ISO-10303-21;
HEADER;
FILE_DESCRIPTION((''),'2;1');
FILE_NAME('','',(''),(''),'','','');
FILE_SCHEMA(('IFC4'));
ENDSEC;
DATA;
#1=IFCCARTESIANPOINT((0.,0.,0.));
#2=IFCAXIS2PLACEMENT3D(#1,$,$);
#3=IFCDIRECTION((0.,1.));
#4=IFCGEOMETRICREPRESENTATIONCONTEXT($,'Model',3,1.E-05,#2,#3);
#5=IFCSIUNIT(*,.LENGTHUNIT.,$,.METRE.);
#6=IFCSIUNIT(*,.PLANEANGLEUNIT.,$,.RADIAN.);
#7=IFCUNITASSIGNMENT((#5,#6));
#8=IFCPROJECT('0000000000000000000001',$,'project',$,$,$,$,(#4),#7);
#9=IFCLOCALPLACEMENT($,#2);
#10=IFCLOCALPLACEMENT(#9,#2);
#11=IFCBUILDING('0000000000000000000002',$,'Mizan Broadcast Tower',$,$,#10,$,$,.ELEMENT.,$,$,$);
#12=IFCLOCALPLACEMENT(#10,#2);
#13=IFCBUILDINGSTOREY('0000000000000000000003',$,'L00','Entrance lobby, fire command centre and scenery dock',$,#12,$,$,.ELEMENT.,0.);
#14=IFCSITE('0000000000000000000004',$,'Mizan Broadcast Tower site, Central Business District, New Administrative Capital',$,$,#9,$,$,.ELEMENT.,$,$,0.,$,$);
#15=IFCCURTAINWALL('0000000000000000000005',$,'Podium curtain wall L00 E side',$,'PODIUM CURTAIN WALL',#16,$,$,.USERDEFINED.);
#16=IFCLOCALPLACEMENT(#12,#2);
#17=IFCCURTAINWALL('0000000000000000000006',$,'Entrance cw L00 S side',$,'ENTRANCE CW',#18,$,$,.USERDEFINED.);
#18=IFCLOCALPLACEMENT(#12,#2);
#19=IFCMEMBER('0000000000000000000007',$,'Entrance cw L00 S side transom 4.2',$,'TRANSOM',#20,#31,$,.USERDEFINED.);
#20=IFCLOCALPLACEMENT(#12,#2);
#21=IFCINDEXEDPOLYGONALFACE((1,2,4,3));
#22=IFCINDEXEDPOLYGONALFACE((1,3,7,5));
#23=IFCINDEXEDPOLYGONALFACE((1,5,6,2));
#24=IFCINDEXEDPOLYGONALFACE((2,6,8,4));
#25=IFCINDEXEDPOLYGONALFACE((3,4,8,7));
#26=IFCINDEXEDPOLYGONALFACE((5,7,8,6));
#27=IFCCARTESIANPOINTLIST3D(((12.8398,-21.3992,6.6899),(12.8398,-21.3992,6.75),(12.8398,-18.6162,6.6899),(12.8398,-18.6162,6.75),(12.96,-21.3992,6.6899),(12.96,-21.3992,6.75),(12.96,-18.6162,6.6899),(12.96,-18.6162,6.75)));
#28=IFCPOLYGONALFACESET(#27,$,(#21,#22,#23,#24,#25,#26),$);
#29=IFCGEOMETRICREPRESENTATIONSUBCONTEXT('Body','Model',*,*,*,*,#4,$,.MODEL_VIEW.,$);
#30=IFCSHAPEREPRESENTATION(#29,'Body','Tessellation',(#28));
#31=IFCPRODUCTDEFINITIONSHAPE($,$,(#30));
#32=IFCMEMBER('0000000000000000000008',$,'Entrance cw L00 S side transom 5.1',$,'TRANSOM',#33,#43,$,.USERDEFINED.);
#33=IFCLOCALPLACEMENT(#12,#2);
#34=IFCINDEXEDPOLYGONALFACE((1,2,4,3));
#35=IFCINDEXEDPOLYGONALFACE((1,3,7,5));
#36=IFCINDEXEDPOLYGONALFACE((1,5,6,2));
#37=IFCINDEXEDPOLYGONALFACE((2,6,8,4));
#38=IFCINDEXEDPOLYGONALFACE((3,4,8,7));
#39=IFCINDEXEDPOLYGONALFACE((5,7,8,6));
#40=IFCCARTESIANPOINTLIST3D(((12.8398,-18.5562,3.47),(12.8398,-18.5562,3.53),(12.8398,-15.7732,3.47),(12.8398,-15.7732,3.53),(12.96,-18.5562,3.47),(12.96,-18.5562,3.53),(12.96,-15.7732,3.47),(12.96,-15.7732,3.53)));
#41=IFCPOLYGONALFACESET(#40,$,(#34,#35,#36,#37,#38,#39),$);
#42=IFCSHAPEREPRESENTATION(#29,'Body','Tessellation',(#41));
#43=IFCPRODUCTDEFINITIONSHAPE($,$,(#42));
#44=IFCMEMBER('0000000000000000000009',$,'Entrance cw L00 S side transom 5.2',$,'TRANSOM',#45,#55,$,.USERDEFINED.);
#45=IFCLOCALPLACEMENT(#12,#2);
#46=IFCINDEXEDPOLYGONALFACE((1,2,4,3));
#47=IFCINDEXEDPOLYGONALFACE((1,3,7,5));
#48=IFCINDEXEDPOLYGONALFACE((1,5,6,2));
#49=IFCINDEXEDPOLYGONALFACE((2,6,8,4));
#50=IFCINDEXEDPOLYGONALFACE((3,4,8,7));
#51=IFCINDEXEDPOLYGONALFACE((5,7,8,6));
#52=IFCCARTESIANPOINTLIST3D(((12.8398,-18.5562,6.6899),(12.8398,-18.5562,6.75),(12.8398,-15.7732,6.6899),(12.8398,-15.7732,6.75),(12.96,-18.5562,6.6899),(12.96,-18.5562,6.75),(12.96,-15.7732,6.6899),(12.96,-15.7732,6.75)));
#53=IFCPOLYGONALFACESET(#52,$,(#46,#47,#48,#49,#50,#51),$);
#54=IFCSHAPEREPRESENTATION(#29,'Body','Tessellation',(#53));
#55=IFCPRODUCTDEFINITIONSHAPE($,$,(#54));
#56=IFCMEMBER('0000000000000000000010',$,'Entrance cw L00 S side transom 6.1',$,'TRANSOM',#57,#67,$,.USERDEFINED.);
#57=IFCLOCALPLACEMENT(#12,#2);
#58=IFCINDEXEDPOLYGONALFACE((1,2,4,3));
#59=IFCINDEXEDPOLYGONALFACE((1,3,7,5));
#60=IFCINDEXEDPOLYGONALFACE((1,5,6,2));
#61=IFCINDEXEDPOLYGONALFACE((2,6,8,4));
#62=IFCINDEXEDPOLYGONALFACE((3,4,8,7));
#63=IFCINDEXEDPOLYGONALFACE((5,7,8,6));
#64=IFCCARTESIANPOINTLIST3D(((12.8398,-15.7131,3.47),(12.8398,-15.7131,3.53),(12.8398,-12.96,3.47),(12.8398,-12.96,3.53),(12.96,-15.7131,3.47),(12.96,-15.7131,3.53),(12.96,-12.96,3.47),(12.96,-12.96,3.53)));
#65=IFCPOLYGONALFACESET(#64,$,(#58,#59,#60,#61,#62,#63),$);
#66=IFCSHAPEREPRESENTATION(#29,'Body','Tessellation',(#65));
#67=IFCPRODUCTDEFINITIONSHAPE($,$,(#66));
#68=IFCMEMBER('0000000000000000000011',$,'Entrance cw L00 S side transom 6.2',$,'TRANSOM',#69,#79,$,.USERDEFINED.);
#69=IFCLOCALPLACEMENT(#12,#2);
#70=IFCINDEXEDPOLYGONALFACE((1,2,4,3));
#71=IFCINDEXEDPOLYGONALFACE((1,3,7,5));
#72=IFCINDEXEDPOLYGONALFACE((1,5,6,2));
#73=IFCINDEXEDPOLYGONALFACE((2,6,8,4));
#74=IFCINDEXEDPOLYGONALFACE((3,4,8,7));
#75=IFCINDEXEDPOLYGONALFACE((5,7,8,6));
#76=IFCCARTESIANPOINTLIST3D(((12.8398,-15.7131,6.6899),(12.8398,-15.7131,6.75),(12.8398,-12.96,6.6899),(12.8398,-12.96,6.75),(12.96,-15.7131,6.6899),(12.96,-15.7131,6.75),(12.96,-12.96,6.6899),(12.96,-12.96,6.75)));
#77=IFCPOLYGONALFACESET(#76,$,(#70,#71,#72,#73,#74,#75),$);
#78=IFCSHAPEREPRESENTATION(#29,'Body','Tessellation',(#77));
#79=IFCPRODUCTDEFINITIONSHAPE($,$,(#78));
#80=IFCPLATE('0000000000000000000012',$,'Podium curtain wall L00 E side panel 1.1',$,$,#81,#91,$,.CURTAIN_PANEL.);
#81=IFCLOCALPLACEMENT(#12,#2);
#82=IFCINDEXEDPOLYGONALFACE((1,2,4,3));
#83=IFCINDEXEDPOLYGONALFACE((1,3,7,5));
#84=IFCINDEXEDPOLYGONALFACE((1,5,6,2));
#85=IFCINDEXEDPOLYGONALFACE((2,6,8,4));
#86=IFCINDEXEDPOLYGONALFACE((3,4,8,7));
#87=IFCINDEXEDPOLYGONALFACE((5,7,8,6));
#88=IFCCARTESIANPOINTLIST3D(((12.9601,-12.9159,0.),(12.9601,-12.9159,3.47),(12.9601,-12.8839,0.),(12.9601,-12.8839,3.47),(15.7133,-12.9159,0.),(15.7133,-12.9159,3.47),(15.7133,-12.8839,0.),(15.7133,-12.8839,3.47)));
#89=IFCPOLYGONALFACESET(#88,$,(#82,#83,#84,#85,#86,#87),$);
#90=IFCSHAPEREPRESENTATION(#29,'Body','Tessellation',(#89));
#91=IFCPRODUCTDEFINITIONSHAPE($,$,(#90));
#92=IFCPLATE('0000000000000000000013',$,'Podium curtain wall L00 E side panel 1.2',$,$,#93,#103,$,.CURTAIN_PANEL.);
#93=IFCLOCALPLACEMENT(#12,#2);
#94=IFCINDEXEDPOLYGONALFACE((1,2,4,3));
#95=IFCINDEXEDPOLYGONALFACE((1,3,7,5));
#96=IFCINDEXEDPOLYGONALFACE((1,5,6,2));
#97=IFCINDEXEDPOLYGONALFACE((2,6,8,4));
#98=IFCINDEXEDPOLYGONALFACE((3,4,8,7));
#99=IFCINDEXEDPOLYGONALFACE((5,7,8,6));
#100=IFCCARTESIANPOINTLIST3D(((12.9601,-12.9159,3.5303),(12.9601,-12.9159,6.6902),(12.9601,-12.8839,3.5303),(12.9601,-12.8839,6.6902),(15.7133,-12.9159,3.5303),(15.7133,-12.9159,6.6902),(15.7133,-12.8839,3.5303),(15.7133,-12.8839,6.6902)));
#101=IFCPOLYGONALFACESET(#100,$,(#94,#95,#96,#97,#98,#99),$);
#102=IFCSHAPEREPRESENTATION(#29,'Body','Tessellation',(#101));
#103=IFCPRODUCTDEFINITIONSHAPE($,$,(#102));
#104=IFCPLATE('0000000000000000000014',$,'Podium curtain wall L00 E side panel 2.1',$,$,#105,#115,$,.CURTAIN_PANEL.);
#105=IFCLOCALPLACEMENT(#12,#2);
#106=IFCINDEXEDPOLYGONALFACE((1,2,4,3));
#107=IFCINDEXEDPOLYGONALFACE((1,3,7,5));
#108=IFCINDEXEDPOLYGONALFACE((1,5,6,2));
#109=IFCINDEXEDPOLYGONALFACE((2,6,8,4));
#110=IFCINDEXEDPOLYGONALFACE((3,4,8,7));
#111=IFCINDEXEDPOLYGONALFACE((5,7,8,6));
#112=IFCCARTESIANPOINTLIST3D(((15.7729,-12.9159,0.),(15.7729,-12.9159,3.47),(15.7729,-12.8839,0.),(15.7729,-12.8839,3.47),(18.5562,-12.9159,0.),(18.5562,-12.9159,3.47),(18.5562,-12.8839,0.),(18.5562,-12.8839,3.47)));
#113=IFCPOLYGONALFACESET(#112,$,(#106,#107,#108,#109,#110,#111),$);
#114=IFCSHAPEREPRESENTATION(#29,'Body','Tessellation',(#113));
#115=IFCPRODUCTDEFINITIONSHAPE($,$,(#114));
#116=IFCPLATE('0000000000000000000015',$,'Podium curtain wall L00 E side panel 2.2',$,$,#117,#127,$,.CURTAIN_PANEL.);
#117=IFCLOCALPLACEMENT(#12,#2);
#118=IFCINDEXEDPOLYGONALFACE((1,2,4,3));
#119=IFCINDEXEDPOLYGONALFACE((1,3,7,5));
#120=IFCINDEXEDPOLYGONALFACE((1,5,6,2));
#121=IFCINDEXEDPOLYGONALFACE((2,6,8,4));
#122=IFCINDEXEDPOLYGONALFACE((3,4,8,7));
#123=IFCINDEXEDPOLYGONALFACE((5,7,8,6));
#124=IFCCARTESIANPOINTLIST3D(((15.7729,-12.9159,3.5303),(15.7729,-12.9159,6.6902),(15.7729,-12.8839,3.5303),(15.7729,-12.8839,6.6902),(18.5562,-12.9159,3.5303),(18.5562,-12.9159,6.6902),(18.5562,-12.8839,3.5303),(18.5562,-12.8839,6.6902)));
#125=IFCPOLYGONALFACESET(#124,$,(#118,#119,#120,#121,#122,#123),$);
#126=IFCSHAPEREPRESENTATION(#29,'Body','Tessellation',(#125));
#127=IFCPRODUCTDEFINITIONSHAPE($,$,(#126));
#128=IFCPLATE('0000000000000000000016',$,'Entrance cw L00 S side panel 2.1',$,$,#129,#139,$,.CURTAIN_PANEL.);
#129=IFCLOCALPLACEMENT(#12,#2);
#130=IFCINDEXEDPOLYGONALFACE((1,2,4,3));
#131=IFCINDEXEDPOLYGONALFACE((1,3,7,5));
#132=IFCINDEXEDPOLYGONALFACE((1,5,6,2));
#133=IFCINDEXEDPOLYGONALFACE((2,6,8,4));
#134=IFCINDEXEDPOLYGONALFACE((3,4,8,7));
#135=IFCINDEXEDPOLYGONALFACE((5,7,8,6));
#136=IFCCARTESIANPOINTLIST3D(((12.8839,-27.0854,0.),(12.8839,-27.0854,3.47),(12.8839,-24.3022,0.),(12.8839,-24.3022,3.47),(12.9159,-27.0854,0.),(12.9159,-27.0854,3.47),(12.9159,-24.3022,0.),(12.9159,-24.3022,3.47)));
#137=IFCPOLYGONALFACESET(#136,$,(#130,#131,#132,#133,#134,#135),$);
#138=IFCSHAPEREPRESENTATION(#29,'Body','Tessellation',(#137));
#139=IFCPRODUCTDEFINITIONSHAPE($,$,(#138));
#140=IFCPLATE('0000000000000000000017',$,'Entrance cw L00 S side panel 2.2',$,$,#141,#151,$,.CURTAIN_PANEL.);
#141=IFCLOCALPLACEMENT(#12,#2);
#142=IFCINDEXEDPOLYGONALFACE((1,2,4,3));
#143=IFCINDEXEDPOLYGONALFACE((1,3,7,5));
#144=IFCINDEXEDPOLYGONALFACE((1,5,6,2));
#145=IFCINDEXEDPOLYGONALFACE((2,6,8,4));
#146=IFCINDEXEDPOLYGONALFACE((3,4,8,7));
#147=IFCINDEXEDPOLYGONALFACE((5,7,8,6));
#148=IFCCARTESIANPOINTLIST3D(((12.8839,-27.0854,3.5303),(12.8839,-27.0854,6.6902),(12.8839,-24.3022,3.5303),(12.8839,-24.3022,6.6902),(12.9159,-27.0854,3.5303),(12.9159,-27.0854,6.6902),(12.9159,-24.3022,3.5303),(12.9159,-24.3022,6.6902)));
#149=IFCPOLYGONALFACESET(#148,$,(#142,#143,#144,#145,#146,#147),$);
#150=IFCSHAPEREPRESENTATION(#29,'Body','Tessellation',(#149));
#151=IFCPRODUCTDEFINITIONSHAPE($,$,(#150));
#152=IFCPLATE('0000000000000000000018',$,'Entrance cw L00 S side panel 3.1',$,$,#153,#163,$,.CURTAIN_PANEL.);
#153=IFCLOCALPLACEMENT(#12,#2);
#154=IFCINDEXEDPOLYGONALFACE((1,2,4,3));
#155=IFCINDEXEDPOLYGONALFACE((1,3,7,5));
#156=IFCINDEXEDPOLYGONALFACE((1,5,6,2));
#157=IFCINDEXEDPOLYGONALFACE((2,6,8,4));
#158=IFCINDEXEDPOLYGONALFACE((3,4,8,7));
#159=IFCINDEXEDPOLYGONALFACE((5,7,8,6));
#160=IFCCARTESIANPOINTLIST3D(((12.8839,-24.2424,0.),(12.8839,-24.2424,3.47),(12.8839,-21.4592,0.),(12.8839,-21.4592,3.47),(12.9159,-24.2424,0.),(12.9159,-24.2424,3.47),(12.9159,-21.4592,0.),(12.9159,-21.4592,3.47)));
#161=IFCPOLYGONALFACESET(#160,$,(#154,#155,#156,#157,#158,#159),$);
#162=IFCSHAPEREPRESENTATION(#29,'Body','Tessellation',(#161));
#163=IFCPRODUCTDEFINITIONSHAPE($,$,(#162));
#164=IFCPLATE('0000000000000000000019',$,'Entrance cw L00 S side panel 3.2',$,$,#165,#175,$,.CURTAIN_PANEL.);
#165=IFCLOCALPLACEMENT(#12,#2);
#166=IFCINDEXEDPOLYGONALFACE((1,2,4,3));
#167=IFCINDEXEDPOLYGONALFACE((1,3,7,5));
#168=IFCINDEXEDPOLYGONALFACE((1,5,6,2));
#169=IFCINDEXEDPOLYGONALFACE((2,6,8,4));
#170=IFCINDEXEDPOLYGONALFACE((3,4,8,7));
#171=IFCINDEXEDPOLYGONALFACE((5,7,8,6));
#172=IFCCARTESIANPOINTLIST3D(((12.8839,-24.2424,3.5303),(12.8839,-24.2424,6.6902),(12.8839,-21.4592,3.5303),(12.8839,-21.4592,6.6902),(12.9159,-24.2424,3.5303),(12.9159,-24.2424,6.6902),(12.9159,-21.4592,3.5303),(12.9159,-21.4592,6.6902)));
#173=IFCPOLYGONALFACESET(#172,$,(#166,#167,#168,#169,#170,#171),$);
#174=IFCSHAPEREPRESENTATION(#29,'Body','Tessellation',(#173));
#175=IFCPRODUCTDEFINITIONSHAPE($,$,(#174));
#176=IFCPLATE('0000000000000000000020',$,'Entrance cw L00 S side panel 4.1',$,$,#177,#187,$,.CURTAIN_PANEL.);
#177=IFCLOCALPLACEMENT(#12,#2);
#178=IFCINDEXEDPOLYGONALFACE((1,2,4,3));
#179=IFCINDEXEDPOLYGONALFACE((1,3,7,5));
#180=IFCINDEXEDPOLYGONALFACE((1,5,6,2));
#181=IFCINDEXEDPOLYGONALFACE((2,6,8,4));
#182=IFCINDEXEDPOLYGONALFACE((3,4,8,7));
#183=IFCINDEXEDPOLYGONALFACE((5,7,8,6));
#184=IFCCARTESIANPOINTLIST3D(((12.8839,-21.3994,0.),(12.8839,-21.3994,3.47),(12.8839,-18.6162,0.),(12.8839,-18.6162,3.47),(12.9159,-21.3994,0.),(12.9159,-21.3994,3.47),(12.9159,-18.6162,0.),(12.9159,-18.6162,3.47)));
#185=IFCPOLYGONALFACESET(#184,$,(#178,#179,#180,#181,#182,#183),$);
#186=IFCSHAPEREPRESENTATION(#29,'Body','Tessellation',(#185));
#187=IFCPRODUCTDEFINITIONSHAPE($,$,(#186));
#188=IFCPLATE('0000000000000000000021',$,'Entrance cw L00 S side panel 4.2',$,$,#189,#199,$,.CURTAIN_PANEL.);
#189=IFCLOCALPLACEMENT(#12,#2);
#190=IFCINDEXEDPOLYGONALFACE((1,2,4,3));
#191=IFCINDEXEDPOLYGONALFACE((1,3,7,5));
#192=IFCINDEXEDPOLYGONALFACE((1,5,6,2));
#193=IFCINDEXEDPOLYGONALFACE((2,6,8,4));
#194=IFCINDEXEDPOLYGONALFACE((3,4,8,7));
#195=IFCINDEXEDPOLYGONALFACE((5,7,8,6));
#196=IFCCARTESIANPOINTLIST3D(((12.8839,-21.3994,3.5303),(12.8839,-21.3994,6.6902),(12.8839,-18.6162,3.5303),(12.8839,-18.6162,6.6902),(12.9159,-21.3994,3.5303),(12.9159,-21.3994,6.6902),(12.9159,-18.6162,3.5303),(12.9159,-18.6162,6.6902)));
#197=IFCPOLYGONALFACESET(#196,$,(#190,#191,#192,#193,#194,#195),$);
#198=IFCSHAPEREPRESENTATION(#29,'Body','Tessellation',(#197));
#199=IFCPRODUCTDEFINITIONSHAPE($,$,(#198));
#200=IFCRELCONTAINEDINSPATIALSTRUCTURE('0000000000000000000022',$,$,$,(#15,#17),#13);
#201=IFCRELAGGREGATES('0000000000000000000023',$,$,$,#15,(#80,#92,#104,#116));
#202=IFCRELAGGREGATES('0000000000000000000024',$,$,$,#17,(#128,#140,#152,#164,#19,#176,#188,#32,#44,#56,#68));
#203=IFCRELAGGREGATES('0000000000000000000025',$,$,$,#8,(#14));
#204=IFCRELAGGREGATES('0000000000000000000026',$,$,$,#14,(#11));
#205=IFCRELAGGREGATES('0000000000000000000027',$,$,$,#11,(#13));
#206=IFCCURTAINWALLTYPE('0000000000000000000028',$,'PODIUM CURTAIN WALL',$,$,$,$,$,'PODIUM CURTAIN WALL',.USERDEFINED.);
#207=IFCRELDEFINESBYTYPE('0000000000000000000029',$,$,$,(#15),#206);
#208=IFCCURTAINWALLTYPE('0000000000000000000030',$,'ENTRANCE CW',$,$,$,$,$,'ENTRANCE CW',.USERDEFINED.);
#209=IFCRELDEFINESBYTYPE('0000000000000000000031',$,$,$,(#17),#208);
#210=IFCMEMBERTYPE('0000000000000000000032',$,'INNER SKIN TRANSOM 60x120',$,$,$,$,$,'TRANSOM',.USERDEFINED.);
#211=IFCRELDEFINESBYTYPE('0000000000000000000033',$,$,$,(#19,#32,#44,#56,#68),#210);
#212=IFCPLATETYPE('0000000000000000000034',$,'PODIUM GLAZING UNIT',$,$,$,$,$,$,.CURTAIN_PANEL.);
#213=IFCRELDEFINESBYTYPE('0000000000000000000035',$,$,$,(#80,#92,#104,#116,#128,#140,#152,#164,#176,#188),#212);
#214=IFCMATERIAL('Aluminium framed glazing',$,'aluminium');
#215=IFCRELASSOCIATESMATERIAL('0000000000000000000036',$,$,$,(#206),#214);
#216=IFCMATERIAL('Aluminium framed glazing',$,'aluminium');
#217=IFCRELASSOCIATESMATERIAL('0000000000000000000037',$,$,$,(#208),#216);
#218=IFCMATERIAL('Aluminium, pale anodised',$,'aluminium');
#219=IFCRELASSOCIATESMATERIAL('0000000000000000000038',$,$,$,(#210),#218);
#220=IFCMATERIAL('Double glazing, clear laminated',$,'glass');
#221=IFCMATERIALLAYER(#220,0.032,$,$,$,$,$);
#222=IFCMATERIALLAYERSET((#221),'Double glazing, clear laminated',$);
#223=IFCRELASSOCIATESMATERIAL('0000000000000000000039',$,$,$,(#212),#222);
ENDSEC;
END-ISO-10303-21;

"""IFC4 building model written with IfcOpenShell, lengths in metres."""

from ifc_helpers import new_model, si_unit, direction, frame, origin, origin_2d, place, context, subcontext, project, spatial, rectangle, extrude, material, layer, layer_set, material_profile, profile_set, type_object, element, aggregate, save


model = new_model("IFC4")

# Units and contexts
model_context = context("Model", 3, precision=1e-05, world=origin(), true_north=direction((0.0, 1.0)))
body_context = subcontext(model_context, "Body", "Model", "MODEL_VIEW")
ifc_project = project(units=[si_unit("LENGTHUNIT", "METRE"), si_unit("PLANEANGLEUNIT", "RADIAN")], contexts=[model_context])

# Site, building, storey
site_placement = place(None, origin())
site = spatial("IfcSite", under=ifc_project, at=site_placement, Name="Mizan Broadcast Tower site, Central Business District, New Administrative Capital", CompositionType="ELEMENT", RefElevation=0.0)
building_placement = place(site_placement, origin())
building = spatial("IfcBuilding", under=site, at=building_placement, Name="Mizan Broadcast Tower", CompositionType="ELEMENT")
storey_placement = place(building_placement, origin())
storey = spatial("IfcBuildingStorey", under=building, at=storey_placement, Name="L00", Description="Entrance lobby, fire command centre and scenery dock", CompositionType="ELEMENT", Elevation=0.0)

# Curtain walls
ifc_material_1 = material(Name="Aluminium framed glazing", Category="aluminium")
curtain_wall_type_1 = type_object("IfcCurtainWallType", Name="PODIUM CURTAIN WALL", ElementType="PODIUM CURTAIN WALL", PredefinedType="USERDEFINED", material=ifc_material_1)
curtain_wall_1_placement = place(storey_placement, origin())
curtain_wall_1 = element("IfcCurtainWall", 1, at=curtain_wall_1_placement, inside=storey, type_object=curtain_wall_type_1, Name="Podium curtain wall L00 E side", ObjectType="PODIUM CURTAIN WALL", PredefinedType="USERDEFINED")
ifc_material_2 = material(Name="Aluminium framed glazing", Category="aluminium")
curtain_wall_type_2 = type_object("IfcCurtainWallType", Name="ENTRANCE CW", ElementType="ENTRANCE CW", PredefinedType="USERDEFINED", material=ifc_material_2)
curtain_wall_2_placement = place(storey_placement, origin())
curtain_wall_2 = element("IfcCurtainWall", 2, at=curtain_wall_2_placement, inside=storey, type_object=curtain_wall_type_2, Name="Entrance cw L00 S side", ObjectType="ENTRANCE CW", PredefinedType="USERDEFINED")

# Members
ifc_material_3 = material(Name="Aluminium, pale anodised", Category="aluminium")
ifc_material_profile_1 = material_profile(ifc_material_3, rectangle(XDim=0.1201, YDim=0.0601, at=origin_2d()), Name="TRANSOM 120x60")
ifc_profile_set_1 = profile_set([ifc_material_profile_1], Name="Aluminium, pale anodised")
member_type_1 = type_object("IfcMemberType", Name="INNER SKIN TRANSOM 60x120", ElementType="TRANSOM", PredefinedType="USERDEFINED", material=ifc_profile_set_1)
member_1_placement = place(storey_placement, frame((12.8999, -21.3992, 6.72), z_axis=(0.0, 1.0, 0.0), x_axis=(-1.0, 0.0, 0.0)))
member_1 = element("IfcMember", 3, at=member_1_placement, type_object=member_type_1, Name="Entrance cw L00 S side transom 4.2", ObjectType="TRANSOM", PredefinedType="USERDEFINED", context=body_context, shape_type="SweptSolid", body=[
    extrude(rectangle(XDim=0.1201, YDim=0.0601, at=origin_2d()), origin(), (0.0, 0.0, 1.0), 2.783),
])
member_2_placement = place(storey_placement, frame((12.8999, -18.5562, 3.5), z_axis=(0.0, 1.0, 0.0), x_axis=(-1.0, 0.0, 0.0)))
member_2 = element("IfcMember", 4, at=member_2_placement, type_object=member_type_1, Name="Entrance cw L00 S side transom 5.1", ObjectType="TRANSOM", PredefinedType="USERDEFINED", context=body_context, shape_type="SweptSolid", body=[
    extrude(rectangle(XDim=0.1201, YDim=0.0601, at=origin_2d()), origin(), (0.0, 0.0, 1.0), 2.783),
])
member_3_placement = place(storey_placement, frame((12.8999, -18.5562, 6.72), z_axis=(0.0, 1.0, 0.0), x_axis=(-1.0, 0.0, 0.0)))
member_3 = element("IfcMember", 5, at=member_3_placement, type_object=member_type_1, Name="Entrance cw L00 S side transom 5.2", ObjectType="TRANSOM", PredefinedType="USERDEFINED", context=body_context, shape_type="SweptSolid", body=[
    extrude(rectangle(XDim=0.1201, YDim=0.0601, at=origin_2d()), origin(), (0.0, 0.0, 1.0), 2.783),
])
member_4_placement = place(storey_placement, frame((12.8999, -15.7131, 3.5), z_axis=(0.0, 1.0, 0.0), x_axis=(-1.0, 0.0, 0.0)))
member_4 = element("IfcMember", 6, at=member_4_placement, type_object=member_type_1, Name="Entrance cw L00 S side transom 6.1", ObjectType="TRANSOM", PredefinedType="USERDEFINED", context=body_context, shape_type="SweptSolid", body=[
    extrude(rectangle(XDim=0.1201, YDim=0.0601, at=origin_2d()), origin(), (0.0, 0.0, 1.0), 2.7532),
])
member_5_placement = place(storey_placement, frame((12.8999, -15.7131, 6.72), z_axis=(0.0, 1.0, 0.0), x_axis=(-1.0, 0.0, 0.0)))
member_5 = element("IfcMember", 7, at=member_5_placement, type_object=member_type_1, Name="Entrance cw L00 S side transom 6.2", ObjectType="TRANSOM", PredefinedType="USERDEFINED", context=body_context, shape_type="SweptSolid", body=[
    extrude(rectangle(XDim=0.1201, YDim=0.0601, at=origin_2d()), origin(), (0.0, 0.0, 1.0), 2.7532),
])

# Plates
ifc_material_4 = material(Name="Double glazing, clear laminated", Category="glass")
ifc_layer_1 = layer(ifc_material_4, 0.032)
ifc_layer_set_1 = layer_set([ifc_layer_1], Name="Double glazing, clear laminated")
plate_type = type_object("IfcPlateType", Name="PODIUM GLAZING UNIT", PredefinedType="CURTAIN_PANEL", material=ifc_layer_set_1)
plate_1_placement = place(storey_placement, frame((14.3367, -12.8999, 0.0), z_axis=(0.0, 0.0, 1.0), x_axis=(1.0, 0.0, 0.0)))
plate_1 = element("IfcPlate", 8, at=plate_1_placement, type_object=plate_type, Name="Podium curtain wall L00 E side panel 1.1", PredefinedType="CURTAIN_PANEL", context=body_context, shape_type="SweptSolid", body=[
    extrude(rectangle(XDim=2.7532, YDim=0.032, at=origin_2d()), origin(), (0.0, 0.0, 1.0), 3.47),
])
plate_2_placement = place(storey_placement, frame((14.3367, -12.8999, 3.5303), z_axis=(0.0, 0.0, 1.0), x_axis=(1.0, 0.0, 0.0)))
plate_2 = element("IfcPlate", 9, at=plate_2_placement, type_object=plate_type, Name="Podium curtain wall L00 E side panel 1.2", PredefinedType="CURTAIN_PANEL", context=body_context, shape_type="SweptSolid", body=[
    extrude(rectangle(XDim=2.7532, YDim=0.032, at=origin_2d()), origin(), (0.0, 0.0, 1.0), 3.1599),
])
plate_3_placement = place(storey_placement, frame((17.1646, -12.8999, 0.0), z_axis=(0.0, 0.0, 1.0), x_axis=(1.0, 0.0, 0.0)))
plate_3 = element("IfcPlate", 10, at=plate_3_placement, type_object=plate_type, Name="Podium curtain wall L00 E side panel 2.1", PredefinedType="CURTAIN_PANEL", context=body_context, shape_type="SweptSolid", body=[
    extrude(rectangle(XDim=2.7832, YDim=0.032, at=origin_2d()), origin(), (0.0, 0.0, 1.0), 3.47),
])
plate_4_placement = place(storey_placement, frame((17.1646, -12.8999, 3.5303), z_axis=(0.0, 0.0, 1.0), x_axis=(1.0, 0.0, 0.0)))
plate_4 = element("IfcPlate", 11, at=plate_4_placement, type_object=plate_type, Name="Podium curtain wall L00 E side panel 2.2", PredefinedType="CURTAIN_PANEL", context=body_context, shape_type="SweptSolid", body=[
    extrude(rectangle(XDim=2.7832, YDim=0.032, at=origin_2d()), origin(), (0.0, 0.0, 1.0), 3.1599),
])
aggregate(curtain_wall_1, [plate_1, plate_2, plate_3, plate_4])
plate_5_placement = place(storey_placement, frame((12.8999, -25.6938, 0.0), z_axis=(0.0, 0.0, 1.0), x_axis=(0.0, 1.0, 0.0)))
plate_5 = element("IfcPlate", 12, at=plate_5_placement, type_object=plate_type, Name="Entrance cw L00 S side panel 2.1", PredefinedType="CURTAIN_PANEL", context=body_context, shape_type="SweptSolid", body=[
    extrude(rectangle(XDim=2.7832, YDim=0.032, at=origin_2d()), origin(), (0.0, 0.0, 1.0), 3.47),
])
plate_6_placement = place(storey_placement, frame((12.8999, -25.6938, 3.5303), z_axis=(0.0, 0.0, 1.0), x_axis=(0.0, 1.0, 0.0)))
plate_6 = element("IfcPlate", 13, at=plate_6_placement, type_object=plate_type, Name="Entrance cw L00 S side panel 2.2", PredefinedType="CURTAIN_PANEL", context=body_context, shape_type="SweptSolid", body=[
    extrude(rectangle(XDim=2.7832, YDim=0.032, at=origin_2d()), origin(), (0.0, 0.0, 1.0), 3.1599),
])
plate_7_placement = place(storey_placement, frame((12.8999, -22.8508, 0.0), z_axis=(0.0, 0.0, 1.0), x_axis=(0.0, 1.0, 0.0)))
plate_7 = element("IfcPlate", 14, at=plate_7_placement, type_object=plate_type, Name="Entrance cw L00 S side panel 3.1", PredefinedType="CURTAIN_PANEL", context=body_context, shape_type="SweptSolid", body=[
    extrude(rectangle(XDim=2.7832, YDim=0.032, at=origin_2d()), origin(), (0.0, 0.0, 1.0), 3.47),
])
plate_8_placement = place(storey_placement, frame((12.8999, -22.8508, 3.5303), z_axis=(0.0, 0.0, 1.0), x_axis=(0.0, 1.0, 0.0)))
plate_8 = element("IfcPlate", 15, at=plate_8_placement, type_object=plate_type, Name="Entrance cw L00 S side panel 3.2", PredefinedType="CURTAIN_PANEL", context=body_context, shape_type="SweptSolid", body=[
    extrude(rectangle(XDim=2.7832, YDim=0.032, at=origin_2d()), origin(), (0.0, 0.0, 1.0), 3.1599),
])
plate_9_placement = place(storey_placement, frame((12.8999, -20.0078, 0.0), z_axis=(0.0, 0.0, 1.0), x_axis=(0.0, 1.0, 0.0)))
plate_9 = element("IfcPlate", 16, at=plate_9_placement, type_object=plate_type, Name="Entrance cw L00 S side panel 4.1", PredefinedType="CURTAIN_PANEL", context=body_context, shape_type="SweptSolid", body=[
    extrude(rectangle(XDim=2.7832, YDim=0.032, at=origin_2d()), origin(), (0.0, 0.0, 1.0), 3.47),
])
plate_10_placement = place(storey_placement, frame((12.8999, -20.0078, 3.5303), z_axis=(0.0, 0.0, 1.0), x_axis=(0.0, 1.0, 0.0)))
plate_10 = element("IfcPlate", 17, at=plate_10_placement, type_object=plate_type, Name="Entrance cw L00 S side panel 4.2", PredefinedType="CURTAIN_PANEL", context=body_context, shape_type="SweptSolid", body=[
    extrude(rectangle(XDim=2.7832, YDim=0.032, at=origin_2d()), origin(), (0.0, 0.0, 1.0), 3.1599),
])
aggregate(curtain_wall_2, [plate_5, plate_6, plate_7, plate_8, member_1, plate_9, plate_10, member_2, member_3, member_4, member_5])

save(model, "model.ifc")
